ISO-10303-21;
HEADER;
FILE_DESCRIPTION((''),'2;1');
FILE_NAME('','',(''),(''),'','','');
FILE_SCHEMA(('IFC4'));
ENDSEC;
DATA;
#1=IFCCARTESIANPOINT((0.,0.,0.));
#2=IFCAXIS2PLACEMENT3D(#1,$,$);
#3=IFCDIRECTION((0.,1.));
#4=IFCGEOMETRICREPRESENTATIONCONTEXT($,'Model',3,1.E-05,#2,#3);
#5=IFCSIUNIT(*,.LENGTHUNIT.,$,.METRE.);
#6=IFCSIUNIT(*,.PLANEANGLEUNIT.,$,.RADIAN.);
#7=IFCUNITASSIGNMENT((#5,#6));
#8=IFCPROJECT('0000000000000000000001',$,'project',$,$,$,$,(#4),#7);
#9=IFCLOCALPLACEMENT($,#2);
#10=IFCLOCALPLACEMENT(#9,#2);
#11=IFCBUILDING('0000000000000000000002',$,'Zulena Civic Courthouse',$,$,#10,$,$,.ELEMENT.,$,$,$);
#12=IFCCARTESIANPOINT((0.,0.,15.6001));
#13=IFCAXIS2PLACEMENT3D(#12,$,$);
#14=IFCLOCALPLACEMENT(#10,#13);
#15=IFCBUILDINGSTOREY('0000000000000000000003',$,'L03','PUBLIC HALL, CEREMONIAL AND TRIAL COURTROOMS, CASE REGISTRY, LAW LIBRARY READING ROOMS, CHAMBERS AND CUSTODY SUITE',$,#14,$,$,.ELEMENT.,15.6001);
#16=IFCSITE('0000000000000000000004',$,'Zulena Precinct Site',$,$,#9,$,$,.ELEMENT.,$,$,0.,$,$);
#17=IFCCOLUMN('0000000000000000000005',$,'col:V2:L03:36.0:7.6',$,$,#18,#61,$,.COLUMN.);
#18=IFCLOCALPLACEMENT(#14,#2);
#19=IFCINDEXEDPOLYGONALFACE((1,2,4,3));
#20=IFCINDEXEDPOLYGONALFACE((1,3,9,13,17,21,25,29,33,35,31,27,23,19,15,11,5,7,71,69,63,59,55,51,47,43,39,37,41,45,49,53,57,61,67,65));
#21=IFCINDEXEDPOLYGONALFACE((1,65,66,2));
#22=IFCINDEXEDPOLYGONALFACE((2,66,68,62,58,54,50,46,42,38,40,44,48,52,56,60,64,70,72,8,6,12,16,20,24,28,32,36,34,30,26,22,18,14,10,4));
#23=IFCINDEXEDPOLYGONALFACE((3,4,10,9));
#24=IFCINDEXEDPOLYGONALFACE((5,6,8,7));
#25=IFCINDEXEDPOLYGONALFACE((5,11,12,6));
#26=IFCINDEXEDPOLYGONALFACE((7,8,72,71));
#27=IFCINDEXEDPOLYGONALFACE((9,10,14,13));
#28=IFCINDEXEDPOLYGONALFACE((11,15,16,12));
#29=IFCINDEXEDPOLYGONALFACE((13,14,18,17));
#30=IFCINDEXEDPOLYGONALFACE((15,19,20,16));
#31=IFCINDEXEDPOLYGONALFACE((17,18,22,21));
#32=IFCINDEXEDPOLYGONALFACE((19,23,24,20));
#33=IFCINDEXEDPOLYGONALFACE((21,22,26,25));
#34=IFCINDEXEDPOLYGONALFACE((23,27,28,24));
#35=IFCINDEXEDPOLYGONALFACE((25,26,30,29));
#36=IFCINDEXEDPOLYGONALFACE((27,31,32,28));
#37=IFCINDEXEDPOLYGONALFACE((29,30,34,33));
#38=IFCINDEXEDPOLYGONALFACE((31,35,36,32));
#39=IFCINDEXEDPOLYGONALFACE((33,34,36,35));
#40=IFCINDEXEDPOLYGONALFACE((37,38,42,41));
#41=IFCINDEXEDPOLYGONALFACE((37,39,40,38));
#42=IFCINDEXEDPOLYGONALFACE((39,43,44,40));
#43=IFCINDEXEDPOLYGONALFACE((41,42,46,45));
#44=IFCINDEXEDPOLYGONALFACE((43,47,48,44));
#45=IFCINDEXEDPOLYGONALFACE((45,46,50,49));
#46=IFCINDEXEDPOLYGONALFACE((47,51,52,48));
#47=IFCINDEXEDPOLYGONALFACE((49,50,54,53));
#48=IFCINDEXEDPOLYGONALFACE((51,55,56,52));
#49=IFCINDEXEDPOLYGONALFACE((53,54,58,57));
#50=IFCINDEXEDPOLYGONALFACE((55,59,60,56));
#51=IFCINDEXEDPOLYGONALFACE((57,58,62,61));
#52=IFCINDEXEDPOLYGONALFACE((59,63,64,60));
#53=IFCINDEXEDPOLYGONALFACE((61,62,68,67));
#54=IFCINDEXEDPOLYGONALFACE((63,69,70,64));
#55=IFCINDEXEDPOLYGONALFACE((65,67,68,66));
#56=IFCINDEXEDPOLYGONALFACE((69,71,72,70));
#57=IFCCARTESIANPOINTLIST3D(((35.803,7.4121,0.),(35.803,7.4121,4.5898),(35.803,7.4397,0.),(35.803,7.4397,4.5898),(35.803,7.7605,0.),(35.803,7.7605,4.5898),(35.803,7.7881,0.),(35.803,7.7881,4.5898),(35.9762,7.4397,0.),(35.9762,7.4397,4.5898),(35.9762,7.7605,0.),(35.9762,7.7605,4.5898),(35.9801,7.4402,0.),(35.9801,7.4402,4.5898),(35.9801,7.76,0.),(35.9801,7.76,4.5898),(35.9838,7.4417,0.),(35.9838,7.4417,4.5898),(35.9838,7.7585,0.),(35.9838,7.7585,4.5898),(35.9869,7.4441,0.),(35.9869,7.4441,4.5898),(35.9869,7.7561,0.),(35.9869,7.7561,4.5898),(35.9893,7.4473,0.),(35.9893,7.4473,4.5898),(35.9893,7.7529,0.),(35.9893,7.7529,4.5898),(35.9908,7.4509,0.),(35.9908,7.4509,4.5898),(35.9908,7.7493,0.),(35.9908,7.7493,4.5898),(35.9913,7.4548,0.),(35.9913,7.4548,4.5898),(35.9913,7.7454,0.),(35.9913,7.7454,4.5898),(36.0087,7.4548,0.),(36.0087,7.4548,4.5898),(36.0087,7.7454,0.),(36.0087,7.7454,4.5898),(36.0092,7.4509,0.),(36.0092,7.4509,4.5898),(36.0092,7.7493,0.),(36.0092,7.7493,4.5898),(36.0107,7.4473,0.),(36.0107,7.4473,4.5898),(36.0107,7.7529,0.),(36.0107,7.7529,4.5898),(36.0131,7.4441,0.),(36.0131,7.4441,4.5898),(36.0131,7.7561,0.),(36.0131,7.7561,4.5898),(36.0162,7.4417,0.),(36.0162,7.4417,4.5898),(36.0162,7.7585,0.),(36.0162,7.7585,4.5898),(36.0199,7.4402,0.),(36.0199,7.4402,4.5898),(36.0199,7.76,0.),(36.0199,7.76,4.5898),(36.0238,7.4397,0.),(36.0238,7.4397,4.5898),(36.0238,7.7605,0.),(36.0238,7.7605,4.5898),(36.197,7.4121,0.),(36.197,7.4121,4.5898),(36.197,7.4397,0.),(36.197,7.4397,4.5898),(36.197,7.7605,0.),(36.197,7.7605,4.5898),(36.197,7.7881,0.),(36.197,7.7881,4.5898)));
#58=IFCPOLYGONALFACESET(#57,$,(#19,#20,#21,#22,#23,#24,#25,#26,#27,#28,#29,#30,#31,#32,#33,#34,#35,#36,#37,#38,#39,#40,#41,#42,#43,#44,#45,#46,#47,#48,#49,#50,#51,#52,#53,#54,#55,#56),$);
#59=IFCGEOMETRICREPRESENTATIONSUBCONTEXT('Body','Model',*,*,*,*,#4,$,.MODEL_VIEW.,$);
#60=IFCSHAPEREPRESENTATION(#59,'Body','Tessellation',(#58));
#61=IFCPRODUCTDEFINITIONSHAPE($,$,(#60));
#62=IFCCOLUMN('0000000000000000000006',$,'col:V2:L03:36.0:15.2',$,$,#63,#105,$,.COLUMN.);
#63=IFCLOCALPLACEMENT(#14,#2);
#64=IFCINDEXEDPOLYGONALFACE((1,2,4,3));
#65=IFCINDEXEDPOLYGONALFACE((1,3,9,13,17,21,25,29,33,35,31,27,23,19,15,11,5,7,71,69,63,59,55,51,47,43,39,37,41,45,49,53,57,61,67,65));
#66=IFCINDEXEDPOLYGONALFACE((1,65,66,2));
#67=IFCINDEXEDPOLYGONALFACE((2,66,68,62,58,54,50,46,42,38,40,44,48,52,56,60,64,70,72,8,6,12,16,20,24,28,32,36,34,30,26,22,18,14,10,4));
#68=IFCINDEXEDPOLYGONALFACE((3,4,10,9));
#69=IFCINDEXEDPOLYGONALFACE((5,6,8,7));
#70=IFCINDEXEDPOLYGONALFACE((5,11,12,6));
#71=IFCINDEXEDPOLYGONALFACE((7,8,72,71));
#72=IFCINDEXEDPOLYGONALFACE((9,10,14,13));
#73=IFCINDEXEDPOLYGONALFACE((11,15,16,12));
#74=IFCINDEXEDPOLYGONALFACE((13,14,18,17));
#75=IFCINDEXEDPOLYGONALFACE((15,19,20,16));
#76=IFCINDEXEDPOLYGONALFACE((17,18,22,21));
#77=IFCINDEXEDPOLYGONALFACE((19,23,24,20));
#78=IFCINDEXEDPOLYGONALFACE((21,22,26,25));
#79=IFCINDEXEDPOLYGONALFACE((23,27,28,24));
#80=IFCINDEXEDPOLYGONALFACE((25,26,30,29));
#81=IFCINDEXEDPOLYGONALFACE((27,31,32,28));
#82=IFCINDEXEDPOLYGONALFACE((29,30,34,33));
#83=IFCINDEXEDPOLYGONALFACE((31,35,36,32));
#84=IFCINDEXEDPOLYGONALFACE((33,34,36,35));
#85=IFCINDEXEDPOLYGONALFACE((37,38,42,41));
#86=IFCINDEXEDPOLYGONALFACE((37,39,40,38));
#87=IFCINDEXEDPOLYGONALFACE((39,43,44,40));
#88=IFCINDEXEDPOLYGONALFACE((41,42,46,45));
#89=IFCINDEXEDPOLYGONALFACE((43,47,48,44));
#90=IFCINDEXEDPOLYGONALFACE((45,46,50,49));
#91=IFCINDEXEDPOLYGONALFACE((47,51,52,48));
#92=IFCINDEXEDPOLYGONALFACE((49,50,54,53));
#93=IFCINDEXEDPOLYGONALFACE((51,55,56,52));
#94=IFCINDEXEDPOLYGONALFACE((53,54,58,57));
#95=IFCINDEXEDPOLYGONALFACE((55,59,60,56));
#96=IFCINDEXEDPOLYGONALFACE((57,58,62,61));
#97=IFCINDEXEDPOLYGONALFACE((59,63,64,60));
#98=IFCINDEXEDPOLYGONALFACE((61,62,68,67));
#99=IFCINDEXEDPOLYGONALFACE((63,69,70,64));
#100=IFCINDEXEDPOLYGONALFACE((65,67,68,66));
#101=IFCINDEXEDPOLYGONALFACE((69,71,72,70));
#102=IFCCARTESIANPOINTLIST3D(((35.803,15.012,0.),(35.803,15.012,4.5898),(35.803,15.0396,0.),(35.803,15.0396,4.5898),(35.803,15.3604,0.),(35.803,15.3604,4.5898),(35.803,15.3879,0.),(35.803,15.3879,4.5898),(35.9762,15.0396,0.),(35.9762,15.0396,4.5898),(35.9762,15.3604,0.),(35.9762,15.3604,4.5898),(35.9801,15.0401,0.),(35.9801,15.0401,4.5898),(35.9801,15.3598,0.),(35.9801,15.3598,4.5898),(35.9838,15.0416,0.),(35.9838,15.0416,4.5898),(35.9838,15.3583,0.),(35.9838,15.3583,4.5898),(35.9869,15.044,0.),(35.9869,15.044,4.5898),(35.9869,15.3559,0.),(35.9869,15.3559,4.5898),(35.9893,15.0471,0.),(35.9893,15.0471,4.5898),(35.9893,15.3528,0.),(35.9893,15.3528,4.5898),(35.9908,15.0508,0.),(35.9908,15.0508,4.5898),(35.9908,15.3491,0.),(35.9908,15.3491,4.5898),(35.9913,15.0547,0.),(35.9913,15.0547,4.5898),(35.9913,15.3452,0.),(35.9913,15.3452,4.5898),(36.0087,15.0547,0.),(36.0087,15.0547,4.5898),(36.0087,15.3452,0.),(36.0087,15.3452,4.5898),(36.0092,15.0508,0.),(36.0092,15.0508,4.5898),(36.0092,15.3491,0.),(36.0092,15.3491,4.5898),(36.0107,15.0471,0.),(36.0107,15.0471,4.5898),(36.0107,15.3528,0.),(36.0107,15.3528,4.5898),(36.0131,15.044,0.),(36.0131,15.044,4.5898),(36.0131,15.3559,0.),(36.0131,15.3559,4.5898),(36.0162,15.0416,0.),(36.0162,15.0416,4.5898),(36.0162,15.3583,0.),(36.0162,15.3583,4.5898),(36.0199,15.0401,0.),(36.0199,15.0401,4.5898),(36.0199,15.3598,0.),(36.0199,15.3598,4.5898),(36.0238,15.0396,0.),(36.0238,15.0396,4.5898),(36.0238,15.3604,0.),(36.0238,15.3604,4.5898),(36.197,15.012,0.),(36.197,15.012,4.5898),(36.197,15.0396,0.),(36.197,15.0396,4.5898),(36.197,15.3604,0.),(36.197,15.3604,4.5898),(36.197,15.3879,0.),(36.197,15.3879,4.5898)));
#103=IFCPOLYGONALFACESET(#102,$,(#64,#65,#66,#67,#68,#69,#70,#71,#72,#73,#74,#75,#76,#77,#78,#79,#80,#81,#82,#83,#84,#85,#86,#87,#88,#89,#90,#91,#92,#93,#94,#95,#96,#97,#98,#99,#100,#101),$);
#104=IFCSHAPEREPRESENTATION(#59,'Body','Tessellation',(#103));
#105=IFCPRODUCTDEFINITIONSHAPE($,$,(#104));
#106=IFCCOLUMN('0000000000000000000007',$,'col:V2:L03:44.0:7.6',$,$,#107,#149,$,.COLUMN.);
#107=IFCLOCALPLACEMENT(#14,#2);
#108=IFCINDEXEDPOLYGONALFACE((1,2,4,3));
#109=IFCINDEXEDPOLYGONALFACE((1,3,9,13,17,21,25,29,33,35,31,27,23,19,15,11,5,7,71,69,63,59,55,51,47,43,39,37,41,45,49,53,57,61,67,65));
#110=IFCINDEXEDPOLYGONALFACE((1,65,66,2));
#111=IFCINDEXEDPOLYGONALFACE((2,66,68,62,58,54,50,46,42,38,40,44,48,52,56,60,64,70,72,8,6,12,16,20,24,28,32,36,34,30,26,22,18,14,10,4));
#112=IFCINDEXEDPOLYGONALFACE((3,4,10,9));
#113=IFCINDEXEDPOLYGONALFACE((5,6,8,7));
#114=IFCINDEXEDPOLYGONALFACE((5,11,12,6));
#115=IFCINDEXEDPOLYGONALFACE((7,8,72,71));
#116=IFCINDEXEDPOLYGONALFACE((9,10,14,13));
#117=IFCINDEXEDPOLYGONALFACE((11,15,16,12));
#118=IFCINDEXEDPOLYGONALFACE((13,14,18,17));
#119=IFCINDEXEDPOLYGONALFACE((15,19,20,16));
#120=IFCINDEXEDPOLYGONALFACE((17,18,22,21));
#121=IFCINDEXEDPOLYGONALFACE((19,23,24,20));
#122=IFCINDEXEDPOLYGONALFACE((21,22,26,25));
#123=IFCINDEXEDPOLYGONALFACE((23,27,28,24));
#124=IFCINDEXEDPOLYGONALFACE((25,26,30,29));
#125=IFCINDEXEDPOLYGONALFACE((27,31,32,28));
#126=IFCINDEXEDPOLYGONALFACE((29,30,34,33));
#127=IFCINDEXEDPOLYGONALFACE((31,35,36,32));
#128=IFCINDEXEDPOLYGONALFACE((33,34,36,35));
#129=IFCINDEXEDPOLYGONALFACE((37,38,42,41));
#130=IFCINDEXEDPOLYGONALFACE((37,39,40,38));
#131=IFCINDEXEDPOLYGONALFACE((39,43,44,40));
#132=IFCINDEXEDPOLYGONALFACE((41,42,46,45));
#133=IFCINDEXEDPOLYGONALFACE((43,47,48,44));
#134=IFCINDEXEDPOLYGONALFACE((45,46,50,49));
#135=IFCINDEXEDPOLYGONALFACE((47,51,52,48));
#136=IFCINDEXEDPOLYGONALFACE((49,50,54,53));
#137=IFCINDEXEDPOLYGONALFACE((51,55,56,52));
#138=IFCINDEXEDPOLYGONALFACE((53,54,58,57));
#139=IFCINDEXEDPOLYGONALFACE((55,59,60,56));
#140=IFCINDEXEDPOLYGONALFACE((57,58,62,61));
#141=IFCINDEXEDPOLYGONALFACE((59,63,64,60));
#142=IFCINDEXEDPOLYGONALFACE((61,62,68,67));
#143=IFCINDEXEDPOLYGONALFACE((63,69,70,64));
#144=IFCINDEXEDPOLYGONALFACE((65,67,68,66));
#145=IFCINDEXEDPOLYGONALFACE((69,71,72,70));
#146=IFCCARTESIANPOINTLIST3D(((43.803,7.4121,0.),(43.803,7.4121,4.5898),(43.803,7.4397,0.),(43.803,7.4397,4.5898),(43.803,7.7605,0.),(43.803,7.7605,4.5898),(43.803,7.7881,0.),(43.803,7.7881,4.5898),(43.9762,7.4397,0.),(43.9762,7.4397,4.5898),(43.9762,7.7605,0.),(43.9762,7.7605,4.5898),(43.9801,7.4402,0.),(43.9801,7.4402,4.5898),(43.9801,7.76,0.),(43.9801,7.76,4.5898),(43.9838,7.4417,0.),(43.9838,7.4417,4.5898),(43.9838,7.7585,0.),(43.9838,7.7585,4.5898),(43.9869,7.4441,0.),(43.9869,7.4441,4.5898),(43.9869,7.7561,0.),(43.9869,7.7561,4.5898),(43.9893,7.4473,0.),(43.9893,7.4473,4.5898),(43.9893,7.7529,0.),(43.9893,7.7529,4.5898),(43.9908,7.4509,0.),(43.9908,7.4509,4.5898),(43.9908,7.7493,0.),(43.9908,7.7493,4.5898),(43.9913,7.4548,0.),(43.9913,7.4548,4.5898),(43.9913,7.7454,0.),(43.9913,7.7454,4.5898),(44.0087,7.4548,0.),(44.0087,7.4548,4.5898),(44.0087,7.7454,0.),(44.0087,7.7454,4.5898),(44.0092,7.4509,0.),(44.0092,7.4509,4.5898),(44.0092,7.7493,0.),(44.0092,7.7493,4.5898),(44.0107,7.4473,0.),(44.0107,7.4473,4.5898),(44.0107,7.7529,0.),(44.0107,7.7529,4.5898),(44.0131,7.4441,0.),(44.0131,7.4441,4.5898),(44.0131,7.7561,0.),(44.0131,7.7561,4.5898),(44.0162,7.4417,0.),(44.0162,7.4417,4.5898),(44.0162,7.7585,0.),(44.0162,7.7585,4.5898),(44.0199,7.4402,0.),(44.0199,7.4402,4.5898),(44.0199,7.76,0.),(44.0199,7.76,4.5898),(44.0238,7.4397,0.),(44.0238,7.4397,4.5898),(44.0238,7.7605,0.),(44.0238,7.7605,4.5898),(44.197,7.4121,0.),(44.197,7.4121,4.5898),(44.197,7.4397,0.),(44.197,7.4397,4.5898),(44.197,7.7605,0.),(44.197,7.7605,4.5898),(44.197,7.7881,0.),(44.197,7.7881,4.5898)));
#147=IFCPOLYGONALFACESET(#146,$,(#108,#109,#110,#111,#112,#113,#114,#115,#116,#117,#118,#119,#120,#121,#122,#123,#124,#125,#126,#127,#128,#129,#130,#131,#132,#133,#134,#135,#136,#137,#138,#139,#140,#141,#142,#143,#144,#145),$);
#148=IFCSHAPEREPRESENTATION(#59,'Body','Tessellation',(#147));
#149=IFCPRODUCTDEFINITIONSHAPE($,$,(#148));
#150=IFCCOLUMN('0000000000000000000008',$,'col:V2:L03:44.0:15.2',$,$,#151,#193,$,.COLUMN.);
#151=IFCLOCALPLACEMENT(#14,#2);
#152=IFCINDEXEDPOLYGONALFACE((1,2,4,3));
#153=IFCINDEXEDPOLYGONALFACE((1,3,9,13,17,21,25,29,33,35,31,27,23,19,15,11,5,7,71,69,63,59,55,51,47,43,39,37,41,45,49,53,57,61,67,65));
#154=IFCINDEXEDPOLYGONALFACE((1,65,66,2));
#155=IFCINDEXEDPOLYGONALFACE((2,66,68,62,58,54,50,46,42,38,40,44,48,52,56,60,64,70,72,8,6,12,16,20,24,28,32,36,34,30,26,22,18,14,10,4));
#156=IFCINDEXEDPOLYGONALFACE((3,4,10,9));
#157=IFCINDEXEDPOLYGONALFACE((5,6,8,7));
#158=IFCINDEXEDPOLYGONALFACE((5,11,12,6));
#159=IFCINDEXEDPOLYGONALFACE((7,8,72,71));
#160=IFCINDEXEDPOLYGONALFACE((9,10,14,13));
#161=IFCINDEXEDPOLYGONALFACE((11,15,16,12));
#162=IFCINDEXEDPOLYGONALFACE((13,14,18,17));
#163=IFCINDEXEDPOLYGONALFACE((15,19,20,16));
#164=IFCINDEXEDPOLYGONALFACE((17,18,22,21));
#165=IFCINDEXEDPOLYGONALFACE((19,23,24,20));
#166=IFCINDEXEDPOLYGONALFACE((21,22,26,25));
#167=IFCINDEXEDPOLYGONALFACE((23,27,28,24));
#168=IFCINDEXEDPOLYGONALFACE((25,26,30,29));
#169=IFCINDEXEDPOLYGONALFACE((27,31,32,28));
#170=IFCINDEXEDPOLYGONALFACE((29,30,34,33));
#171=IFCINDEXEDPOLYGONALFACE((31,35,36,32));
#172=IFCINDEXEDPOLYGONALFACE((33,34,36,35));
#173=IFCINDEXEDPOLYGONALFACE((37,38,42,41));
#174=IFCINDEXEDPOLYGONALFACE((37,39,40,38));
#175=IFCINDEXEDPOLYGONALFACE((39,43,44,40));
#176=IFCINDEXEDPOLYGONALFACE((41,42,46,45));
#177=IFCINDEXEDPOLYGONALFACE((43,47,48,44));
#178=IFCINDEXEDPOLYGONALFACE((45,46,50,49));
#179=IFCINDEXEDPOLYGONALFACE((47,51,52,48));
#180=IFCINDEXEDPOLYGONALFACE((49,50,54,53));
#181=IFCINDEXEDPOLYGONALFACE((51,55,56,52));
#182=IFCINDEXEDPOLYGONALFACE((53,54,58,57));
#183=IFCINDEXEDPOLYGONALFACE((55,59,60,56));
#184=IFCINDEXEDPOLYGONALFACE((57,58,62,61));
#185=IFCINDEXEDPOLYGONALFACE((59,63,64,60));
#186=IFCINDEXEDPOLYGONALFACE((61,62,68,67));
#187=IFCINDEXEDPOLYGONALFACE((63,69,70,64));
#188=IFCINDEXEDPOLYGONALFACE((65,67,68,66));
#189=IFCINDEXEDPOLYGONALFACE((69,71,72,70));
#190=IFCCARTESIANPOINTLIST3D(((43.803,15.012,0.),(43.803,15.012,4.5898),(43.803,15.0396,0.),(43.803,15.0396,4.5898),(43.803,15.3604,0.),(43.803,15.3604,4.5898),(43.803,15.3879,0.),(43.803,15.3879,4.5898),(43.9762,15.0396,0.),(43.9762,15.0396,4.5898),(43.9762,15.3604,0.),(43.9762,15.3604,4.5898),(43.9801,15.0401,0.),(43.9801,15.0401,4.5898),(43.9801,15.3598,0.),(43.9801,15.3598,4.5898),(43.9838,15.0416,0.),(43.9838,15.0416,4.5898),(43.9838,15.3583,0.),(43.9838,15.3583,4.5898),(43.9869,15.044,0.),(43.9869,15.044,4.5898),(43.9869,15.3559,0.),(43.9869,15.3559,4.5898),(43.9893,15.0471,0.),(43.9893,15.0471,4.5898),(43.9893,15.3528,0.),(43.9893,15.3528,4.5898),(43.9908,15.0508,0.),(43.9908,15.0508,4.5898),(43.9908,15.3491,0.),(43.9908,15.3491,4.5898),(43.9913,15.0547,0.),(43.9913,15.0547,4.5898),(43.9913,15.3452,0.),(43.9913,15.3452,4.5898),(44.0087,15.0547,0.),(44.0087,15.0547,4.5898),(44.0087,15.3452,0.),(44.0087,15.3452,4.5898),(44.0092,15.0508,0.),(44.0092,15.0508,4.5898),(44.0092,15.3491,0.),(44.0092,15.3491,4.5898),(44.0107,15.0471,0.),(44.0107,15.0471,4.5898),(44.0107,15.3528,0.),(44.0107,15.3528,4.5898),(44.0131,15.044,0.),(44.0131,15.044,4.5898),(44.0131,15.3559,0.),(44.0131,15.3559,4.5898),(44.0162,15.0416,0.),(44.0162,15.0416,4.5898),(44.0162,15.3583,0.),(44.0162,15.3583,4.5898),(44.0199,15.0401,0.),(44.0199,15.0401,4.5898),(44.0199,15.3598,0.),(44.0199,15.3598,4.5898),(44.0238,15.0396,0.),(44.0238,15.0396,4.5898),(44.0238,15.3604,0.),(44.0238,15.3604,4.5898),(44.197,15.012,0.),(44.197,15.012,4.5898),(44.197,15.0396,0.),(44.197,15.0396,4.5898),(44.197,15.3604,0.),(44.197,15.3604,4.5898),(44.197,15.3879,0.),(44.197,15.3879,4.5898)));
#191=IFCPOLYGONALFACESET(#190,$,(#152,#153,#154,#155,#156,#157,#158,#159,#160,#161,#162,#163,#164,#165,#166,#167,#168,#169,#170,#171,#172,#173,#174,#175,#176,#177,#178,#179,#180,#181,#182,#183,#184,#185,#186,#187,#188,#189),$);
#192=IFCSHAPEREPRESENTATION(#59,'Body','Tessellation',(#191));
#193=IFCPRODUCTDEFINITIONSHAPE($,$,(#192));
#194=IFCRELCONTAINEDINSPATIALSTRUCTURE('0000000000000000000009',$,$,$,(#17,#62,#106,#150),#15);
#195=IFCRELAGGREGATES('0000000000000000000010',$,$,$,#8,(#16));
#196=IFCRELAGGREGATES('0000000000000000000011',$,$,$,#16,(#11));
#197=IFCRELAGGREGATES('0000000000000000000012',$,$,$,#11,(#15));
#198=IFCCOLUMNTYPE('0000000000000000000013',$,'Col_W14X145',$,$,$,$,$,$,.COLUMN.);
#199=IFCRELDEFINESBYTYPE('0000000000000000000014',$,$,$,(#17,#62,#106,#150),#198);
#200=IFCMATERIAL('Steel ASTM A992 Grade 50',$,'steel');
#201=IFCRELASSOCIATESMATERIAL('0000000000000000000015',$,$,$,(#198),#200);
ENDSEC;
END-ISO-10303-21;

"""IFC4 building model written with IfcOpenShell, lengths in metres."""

from ifc_helpers import new_model, si_unit, direction, frame, origin, origin_2d, place, context, subcontext, project, spatial, i_section, extrude, material, material_profile, profile_set, type_object, element, save


model = new_model("IFC4")

# Units and contexts
model_context = context("Model", 3, precision=1e-05, world=origin(), true_north=direction((0.0, 1.0)))
body_context = subcontext(model_context, "Body", "Model", "MODEL_VIEW")
ifc_project = project(units=[si_unit("LENGTHUNIT", "METRE"), si_unit("PLANEANGLEUNIT", "RADIAN")], contexts=[model_context])

# Site, building, storey
site_placement = place(None, origin())
site = spatial("IfcSite", under=ifc_project, at=site_placement, Name="Zulena Precinct Site", CompositionType="ELEMENT", RefElevation=0.0)
building_placement = place(site_placement, origin())
building = spatial("IfcBuilding", under=site, at=building_placement, Name="Zulena Civic Courthouse", CompositionType="ELEMENT")
storey_placement = place(building_placement, frame((0.0, 0.0, 15.6001)))
storey = spatial("IfcBuildingStorey", under=building, at=storey_placement, Name="L03", Description="PUBLIC HALL, CEREMONIAL AND TRIAL COURTROOMS, CASE REGISTRY, LAW LIBRARY READING ROOMS, CHAMBERS AND CUSTODY SUITE", CompositionType="ELEMENT", Elevation=15.6001)

# Columns
ifc_material_1 = material(Name="Steel ASTM A992 Grade 50", Category="steel")
ifc_material_profile_1 = material_profile(ifc_material_1, i_section(OverallWidth=0.394, OverallDepth=0.376, WebThickness=0.0173, FlangeThickness=0.0276, FilletRadius=0.0151, at=origin_2d()), Name="W14X145")
ifc_profile_set_1 = profile_set([ifc_material_profile_1], Name="Steel ASTM A992 Grade 50")
column_type_1 = type_object("IfcColumnType", Name="Col_W14X145", PredefinedType="COLUMN", material=ifc_profile_set_1)
for number, where, z_axis, x_axis, name in (
    (1, (36.0, 7.6001, 0.0), (0.0, 0.0, 1.0), (1.0, 0.0, 0.0), "col:V2:L03:36.0:7.6"),
    (2, (36.0, 15.2, 0.0), (0.0, 0.0, 1.0), (1.0, 0.0, 0.0), "col:V2:L03:36.0:15.2"),
    (3, (44.0, 7.6001, 0.0), (0.0, 0.0, 1.0), (1.0, 0.0, 0.0), "col:V2:L03:44.0:7.6"),
    (4, (44.0, 15.2, 0.0), (0.0, 0.0, 1.0), (1.0, 0.0, 0.0), "col:V2:L03:44.0:15.2"),
):
    element("IfcColumn", number, at=place(storey_placement, frame(where, z_axis=z_axis, x_axis=x_axis)), inside=storey, type_object=column_type_1, Name=name, PredefinedType="COLUMN", context=body_context, shape_type="SweptSolid", body=[
        extrude(i_section(OverallWidth=0.394, OverallDepth=0.376, WebThickness=0.0173, FlangeThickness=0.0276, FilletRadius=0.0151, at=origin_2d()), origin(), (0.0, 0.0, 1.0), 4.5898),
    ])

save(model, "model.ifc")
